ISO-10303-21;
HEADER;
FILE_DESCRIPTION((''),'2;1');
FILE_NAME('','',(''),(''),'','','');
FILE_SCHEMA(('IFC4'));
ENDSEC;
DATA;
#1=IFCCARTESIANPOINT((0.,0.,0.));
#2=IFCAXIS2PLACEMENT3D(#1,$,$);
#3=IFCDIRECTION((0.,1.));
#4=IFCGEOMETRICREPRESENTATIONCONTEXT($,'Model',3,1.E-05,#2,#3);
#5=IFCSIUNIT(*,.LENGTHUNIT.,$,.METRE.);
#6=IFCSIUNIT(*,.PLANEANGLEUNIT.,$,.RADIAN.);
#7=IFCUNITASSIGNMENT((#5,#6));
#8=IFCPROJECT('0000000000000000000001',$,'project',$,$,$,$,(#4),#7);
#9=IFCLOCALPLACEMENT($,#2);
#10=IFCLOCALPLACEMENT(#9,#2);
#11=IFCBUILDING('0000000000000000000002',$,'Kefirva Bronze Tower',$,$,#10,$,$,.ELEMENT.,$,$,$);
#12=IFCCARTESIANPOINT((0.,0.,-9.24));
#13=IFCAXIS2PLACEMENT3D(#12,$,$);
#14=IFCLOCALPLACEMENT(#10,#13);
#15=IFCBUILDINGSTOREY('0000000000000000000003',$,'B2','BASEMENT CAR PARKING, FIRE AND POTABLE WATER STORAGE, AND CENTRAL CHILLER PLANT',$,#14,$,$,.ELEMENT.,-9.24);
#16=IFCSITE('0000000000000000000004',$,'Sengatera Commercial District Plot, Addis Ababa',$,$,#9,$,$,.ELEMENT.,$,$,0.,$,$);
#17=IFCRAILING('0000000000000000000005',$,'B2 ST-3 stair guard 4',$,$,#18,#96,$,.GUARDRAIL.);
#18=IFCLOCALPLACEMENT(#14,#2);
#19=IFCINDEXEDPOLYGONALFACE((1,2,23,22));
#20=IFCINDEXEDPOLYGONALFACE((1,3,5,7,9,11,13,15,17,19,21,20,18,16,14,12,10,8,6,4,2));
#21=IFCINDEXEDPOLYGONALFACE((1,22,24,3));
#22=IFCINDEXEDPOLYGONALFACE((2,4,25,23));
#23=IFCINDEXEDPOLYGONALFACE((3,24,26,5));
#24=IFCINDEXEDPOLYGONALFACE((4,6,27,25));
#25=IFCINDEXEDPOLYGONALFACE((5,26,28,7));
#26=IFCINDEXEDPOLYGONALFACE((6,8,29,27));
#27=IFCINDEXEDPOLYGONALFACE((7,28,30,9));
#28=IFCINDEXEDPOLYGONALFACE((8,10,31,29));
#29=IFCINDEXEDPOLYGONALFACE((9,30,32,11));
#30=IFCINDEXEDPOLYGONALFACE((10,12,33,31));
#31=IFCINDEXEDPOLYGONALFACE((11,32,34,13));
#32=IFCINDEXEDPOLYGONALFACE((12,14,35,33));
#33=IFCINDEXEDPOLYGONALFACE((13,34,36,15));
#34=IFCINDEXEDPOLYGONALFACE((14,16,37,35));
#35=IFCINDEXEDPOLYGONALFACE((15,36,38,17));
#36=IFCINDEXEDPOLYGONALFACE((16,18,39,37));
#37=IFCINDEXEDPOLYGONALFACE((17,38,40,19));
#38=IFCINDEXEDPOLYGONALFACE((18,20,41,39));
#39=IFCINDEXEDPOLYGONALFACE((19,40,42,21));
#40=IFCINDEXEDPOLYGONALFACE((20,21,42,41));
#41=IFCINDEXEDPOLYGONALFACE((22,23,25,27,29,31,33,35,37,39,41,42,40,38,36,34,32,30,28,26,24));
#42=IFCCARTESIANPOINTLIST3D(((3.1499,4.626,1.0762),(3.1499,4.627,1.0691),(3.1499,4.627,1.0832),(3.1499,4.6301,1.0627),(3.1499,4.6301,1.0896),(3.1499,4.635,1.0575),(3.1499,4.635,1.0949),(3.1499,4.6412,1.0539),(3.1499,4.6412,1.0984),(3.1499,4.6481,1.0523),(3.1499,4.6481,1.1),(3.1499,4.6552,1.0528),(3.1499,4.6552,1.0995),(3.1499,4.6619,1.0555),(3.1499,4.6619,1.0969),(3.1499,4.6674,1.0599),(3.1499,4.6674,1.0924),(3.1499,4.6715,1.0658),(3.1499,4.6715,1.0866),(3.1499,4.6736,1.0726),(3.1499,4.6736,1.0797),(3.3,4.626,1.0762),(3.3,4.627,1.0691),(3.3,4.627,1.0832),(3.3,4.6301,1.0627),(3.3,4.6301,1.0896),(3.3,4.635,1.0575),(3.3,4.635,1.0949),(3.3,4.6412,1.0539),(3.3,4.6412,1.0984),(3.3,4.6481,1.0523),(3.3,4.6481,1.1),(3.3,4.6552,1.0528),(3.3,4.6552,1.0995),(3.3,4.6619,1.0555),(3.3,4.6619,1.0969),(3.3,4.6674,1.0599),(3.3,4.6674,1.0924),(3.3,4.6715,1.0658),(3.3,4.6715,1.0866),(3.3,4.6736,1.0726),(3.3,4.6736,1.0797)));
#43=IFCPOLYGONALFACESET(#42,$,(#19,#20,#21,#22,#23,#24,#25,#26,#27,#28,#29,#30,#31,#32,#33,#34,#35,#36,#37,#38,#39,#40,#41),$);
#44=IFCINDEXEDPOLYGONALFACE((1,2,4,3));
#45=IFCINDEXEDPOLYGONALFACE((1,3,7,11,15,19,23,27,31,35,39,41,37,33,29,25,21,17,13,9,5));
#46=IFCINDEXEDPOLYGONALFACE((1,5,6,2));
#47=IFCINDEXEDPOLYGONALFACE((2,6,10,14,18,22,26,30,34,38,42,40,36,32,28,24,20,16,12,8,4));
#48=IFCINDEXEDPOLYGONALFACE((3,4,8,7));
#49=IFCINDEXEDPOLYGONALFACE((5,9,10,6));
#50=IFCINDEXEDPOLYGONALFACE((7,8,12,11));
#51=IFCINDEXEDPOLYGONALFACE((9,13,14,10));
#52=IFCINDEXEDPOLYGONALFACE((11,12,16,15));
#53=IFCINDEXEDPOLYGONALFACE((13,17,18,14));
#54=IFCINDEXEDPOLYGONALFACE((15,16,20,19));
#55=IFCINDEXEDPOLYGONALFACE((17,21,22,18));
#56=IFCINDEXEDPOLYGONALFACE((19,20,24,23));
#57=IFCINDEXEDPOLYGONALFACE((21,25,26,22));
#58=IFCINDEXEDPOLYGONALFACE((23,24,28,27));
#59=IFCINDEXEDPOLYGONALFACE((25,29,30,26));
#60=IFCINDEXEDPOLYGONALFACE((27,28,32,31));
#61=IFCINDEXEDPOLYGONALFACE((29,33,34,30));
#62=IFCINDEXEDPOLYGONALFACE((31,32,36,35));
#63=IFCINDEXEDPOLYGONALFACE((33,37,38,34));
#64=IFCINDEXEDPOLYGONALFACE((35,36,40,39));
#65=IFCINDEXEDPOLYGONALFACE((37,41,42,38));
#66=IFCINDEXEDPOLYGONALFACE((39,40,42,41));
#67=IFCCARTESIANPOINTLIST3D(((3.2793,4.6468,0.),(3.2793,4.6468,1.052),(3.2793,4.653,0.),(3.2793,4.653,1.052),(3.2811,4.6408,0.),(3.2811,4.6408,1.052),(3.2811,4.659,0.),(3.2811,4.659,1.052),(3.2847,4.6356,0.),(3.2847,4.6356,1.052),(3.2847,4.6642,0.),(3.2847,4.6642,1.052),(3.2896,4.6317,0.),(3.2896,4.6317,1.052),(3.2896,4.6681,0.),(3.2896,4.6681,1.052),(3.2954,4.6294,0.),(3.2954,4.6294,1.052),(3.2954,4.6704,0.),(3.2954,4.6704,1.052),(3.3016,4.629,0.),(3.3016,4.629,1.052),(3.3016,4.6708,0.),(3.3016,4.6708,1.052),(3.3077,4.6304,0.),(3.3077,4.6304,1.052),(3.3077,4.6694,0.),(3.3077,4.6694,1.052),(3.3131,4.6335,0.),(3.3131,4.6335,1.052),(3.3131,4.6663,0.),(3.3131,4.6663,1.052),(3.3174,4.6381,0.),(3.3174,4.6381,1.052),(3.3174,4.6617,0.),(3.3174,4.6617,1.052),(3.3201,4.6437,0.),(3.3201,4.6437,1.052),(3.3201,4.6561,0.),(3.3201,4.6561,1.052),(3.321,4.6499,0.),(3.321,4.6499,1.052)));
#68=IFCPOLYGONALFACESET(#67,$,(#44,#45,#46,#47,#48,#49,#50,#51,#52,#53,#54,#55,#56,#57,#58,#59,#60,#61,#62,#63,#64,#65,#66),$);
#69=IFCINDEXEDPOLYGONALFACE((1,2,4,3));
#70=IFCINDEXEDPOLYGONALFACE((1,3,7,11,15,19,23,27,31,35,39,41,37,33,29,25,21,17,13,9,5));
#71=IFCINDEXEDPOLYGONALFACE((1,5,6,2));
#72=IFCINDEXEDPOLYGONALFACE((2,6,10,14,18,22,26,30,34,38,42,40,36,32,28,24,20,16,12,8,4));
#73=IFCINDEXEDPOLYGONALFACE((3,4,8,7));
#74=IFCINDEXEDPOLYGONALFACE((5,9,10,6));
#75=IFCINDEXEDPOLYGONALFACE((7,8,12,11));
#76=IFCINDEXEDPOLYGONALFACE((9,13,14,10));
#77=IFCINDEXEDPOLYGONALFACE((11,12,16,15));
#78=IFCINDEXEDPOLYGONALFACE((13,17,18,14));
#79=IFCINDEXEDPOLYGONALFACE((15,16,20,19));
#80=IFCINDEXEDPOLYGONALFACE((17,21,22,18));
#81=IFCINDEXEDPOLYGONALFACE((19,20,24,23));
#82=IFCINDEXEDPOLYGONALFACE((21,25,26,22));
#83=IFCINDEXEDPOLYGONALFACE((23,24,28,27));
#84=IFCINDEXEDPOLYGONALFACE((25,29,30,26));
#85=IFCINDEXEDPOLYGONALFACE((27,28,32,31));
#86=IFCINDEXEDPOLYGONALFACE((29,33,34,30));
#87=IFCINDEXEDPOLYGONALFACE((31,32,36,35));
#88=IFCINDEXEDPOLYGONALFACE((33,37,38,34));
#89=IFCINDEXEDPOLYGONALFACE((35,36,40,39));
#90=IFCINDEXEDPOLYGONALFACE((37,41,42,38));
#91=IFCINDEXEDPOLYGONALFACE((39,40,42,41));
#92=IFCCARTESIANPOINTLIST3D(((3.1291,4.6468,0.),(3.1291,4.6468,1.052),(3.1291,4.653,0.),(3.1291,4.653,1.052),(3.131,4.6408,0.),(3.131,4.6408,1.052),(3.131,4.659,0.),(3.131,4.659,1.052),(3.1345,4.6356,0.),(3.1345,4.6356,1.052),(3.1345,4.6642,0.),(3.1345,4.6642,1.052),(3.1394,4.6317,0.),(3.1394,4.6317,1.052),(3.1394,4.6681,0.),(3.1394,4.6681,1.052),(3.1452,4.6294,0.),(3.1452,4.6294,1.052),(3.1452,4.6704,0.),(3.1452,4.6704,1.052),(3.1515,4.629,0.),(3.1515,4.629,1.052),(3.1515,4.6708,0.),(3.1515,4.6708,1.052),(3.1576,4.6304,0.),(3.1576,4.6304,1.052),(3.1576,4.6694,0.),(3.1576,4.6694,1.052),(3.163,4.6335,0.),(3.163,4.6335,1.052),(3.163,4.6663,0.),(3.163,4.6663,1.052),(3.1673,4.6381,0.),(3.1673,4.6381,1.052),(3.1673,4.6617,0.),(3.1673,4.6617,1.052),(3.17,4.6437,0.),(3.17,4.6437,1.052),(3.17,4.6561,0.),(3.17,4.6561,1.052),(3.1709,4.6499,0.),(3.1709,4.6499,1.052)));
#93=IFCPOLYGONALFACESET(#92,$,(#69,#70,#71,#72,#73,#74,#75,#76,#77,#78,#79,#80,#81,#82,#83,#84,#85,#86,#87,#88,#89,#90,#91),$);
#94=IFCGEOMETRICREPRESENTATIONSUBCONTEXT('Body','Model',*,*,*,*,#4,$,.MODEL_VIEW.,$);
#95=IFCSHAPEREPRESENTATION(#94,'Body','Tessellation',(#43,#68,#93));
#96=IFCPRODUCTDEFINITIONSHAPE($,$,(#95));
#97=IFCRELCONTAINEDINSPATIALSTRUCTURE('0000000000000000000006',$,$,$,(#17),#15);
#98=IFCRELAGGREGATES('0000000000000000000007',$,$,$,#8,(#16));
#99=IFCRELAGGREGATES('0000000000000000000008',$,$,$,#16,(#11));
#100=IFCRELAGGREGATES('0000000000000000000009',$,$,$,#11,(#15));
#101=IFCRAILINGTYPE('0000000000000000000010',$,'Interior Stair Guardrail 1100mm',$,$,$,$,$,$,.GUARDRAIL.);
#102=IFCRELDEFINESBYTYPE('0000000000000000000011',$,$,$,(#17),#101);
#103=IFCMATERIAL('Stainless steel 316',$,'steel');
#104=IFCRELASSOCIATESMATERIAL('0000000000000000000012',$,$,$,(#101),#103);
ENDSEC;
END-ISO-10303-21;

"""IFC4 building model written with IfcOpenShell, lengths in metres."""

from ifc_helpers import new_model, si_unit, direction, frame, origin, origin_2d, place, context, subcontext, project, spatial, circle, extrude, material, type_object, element, save


model = new_model("IFC4")

# Units and contexts
model_context = context("Model", 3, precision=1e-05, world=origin(), true_north=direction((0.0, 1.0)))
body_context = subcontext(model_context, "Body", "Model", "MODEL_VIEW")
ifc_project = project(units=[si_unit("LENGTHUNIT", "METRE"), si_unit("PLANEANGLEUNIT", "RADIAN")], contexts=[model_context])

# Site, building, storey
site_placement = place(None, origin())
site = spatial("IfcSite", under=ifc_project, at=site_placement, Name="Sengatera Commercial District Plot, Addis Ababa", CompositionType="ELEMENT", RefElevation=0.0)
building_placement = place(site_placement, origin())
building = spatial("IfcBuilding", under=site, at=building_placement, Name="Kefirva Bronze Tower", CompositionType="ELEMENT")
storey_placement = place(building_placement, frame((0.0, 0.0, -9.24)))
storey = spatial("IfcBuildingStorey", under=building, at=storey_placement, Name="B2", Description="BASEMENT CAR PARKING, FIRE AND POTABLE WATER STORAGE, AND CENTRAL CHILLER PLANT", CompositionType="ELEMENT", Elevation=-9.24)

# Railing
ifc_material_1 = material(Name="Stainless steel 316", Category="steel")
railing_type_1 = type_object("IfcRailingType", Name="Interior Stair Guardrail 1100mm", PredefinedType="GUARDRAIL", material=ifc_material_1)
railing_1_placement = place(storey_placement, frame((3.3, 4.6499, 0.0)))
element("IfcRailing", 1, at=railing_1_placement, inside=storey, type_object=railing_type_1, Name="B2 ST-3 stair guard 4", PredefinedType="GUARDRAIL", context=body_context, shape_type="SweptSolid", body=[
    extrude(circle(Radius=0.0239, at=origin_2d()), frame((0.0, 0.0, 1.0762), z_axis=(-1.0, 0.0, 0.0), x_axis=(0.0, -1.0, 0.0)), (0.0, 0.0, 1.0), 0.1501),
    extrude(circle(Radius=0.021, at=origin_2d()), origin(), (0.0, 0.0, 1.0), 1.052),
    extrude(circle(Radius=0.021, at=origin_2d()), frame((-0.1501, 0.0, 0.0)), (0.0, 0.0, 1.0), 1.052),
])

save(model, "model.ifc")
